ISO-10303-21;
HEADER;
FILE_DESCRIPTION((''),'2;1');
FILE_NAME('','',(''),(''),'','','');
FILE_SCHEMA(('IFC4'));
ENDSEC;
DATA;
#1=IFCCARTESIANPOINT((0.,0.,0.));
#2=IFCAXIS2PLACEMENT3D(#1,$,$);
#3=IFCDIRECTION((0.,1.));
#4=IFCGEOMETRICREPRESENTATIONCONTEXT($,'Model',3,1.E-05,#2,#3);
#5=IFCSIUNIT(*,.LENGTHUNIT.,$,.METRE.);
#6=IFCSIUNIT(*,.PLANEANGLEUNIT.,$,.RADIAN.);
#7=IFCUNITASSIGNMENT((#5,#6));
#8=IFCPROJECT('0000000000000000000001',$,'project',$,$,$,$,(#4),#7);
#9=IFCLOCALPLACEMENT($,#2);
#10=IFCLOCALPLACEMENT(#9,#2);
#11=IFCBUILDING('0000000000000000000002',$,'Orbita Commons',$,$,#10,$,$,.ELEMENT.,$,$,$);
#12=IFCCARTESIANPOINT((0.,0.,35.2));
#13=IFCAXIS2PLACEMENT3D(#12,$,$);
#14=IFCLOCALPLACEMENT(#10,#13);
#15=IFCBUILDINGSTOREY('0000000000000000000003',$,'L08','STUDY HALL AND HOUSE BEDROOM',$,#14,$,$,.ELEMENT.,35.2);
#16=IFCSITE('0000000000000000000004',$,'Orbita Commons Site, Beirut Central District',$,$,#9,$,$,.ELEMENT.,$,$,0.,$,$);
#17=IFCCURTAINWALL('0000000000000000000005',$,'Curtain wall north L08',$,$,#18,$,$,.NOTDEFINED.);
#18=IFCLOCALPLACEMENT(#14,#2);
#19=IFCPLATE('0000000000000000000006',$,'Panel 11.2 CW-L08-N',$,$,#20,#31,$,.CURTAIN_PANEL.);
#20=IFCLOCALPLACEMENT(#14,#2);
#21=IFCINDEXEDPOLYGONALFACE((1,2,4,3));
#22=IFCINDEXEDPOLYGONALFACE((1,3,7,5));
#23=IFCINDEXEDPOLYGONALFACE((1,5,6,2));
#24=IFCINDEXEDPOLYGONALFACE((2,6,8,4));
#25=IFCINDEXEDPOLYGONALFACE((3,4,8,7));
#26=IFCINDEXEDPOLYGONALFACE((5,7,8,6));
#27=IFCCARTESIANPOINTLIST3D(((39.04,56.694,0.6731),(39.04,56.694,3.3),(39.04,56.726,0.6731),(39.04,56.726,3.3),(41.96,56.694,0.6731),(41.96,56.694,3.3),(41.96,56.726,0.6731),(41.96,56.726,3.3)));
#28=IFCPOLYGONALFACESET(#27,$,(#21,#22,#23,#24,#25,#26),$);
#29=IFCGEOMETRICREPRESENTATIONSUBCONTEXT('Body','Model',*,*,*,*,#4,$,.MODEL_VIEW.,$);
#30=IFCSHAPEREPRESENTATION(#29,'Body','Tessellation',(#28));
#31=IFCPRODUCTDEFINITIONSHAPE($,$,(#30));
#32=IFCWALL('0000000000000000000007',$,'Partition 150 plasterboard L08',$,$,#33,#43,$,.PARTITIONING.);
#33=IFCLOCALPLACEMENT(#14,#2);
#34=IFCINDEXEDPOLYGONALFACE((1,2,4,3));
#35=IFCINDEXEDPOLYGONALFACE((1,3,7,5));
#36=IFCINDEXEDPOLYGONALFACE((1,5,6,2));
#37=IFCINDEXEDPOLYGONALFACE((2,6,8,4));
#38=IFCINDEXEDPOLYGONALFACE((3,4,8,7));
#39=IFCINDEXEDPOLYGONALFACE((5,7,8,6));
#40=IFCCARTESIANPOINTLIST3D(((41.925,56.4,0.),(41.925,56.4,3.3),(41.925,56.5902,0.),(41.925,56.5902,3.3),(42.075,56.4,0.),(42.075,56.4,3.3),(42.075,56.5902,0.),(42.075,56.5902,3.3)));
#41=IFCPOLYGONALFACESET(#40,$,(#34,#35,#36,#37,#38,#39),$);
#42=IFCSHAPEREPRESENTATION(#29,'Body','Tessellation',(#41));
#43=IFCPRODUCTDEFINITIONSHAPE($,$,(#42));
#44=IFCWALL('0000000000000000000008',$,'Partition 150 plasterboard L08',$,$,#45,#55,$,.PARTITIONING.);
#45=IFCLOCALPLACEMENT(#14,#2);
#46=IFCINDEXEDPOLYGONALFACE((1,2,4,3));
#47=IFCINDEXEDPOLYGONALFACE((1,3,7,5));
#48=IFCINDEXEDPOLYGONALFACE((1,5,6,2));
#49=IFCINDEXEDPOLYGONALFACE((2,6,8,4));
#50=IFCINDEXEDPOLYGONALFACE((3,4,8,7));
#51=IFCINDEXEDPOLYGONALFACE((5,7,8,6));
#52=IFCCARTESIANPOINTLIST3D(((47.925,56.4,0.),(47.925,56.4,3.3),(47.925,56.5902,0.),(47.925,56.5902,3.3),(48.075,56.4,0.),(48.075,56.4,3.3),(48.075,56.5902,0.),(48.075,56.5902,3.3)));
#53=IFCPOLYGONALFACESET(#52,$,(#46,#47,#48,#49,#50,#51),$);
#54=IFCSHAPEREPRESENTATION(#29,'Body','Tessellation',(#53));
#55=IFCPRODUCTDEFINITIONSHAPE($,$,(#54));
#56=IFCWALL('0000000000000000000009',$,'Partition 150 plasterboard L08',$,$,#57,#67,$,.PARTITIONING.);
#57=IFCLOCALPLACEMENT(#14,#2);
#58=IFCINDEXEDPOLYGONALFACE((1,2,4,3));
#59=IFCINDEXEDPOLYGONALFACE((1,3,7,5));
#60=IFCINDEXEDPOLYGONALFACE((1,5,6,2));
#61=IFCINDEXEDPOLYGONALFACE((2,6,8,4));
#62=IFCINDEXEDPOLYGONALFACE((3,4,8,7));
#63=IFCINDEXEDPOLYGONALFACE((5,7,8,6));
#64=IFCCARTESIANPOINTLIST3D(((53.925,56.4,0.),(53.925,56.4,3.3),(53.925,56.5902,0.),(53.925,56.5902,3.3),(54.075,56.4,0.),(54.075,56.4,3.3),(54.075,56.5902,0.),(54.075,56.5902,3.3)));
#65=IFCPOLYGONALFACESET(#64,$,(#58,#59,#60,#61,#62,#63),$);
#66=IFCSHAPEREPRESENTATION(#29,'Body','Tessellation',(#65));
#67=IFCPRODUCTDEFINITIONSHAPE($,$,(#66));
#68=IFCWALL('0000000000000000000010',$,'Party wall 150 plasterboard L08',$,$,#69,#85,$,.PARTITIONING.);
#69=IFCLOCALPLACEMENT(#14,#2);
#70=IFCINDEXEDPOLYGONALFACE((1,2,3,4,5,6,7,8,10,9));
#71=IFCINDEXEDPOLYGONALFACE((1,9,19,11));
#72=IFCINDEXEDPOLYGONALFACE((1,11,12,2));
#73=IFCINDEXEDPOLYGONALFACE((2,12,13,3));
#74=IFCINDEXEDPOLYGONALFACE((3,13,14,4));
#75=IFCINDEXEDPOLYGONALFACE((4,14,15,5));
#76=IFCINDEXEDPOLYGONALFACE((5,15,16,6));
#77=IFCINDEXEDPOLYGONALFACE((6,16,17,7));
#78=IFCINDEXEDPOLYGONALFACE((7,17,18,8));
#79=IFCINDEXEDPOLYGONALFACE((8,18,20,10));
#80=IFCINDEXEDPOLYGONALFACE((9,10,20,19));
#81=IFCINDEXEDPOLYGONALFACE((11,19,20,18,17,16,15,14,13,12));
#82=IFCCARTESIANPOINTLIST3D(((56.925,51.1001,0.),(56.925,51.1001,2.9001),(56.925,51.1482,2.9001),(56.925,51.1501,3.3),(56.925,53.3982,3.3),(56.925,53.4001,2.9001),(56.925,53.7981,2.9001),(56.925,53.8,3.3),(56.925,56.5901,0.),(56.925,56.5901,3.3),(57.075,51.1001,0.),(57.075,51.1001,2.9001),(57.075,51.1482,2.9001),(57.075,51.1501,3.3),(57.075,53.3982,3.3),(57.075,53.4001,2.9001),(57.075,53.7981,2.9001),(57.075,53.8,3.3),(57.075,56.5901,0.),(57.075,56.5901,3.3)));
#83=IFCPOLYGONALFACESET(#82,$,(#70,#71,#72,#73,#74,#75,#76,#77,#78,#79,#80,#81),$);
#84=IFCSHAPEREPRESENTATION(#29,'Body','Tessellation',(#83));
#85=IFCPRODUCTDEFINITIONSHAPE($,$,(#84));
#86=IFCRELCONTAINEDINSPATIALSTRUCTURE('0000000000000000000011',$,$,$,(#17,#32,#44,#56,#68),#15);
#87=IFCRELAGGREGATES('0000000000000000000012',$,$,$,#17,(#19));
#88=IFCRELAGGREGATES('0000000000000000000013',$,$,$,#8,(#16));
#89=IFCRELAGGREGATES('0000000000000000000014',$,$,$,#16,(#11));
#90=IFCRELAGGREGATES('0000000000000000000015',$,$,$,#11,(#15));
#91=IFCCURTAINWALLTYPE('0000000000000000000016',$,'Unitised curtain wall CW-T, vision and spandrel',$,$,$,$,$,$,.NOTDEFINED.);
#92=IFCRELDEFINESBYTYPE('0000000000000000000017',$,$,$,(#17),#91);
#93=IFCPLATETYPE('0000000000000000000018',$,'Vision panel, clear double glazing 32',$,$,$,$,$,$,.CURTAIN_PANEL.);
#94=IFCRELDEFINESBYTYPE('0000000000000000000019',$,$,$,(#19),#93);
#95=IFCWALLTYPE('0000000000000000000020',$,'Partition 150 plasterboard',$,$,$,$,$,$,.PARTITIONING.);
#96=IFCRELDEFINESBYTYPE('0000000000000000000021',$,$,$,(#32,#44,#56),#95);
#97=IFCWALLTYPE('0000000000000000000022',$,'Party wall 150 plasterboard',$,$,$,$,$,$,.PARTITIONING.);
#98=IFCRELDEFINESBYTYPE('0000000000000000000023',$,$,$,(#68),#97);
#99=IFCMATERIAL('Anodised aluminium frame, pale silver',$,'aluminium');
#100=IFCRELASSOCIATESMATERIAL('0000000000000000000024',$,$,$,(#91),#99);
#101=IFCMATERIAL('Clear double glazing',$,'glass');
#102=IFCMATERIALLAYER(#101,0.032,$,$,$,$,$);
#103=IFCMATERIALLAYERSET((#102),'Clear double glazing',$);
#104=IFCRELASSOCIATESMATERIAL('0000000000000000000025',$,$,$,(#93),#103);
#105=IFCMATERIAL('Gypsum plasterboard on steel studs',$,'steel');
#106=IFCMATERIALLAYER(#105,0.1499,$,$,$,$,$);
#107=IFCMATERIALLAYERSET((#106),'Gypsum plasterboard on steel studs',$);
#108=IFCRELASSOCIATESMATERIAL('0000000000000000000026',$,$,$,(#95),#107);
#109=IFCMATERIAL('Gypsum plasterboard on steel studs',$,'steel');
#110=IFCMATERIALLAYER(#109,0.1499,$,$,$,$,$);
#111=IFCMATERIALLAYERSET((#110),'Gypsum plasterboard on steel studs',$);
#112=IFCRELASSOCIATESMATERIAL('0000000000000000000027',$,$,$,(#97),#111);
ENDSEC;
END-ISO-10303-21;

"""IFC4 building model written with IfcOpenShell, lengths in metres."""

from ifc_helpers import new_model, si_unit, direction, frame, frame_2d, origin, origin_2d, place, context, subcontext, project, spatial, polyline, rectangle, outline, extrude, material, layer, layer_set, type_object, element, aggregate, save


model = new_model("IFC4")

# Units and contexts
model_context = context("Model", 3, precision=1e-05, world=origin(), true_north=direction((0.0, 1.0)))
body_context = subcontext(model_context, "Body", "Model", "MODEL_VIEW")
ifc_project = project(units=[si_unit("LENGTHUNIT", "METRE"), si_unit("PLANEANGLEUNIT", "RADIAN")], contexts=[model_context])

# Site, building, storey
site_placement = place(None, origin())
site = spatial("IfcSite", under=ifc_project, at=site_placement, Name="Orbita Commons Site, Beirut Central District", CompositionType="ELEMENT", RefElevation=0.0)
building_placement = place(site_placement, origin())
building = spatial("IfcBuilding", under=site, at=building_placement, Name="Orbita Commons", CompositionType="ELEMENT")
storey_placement = place(building_placement, frame((0.0, 0.0, 35.2)))
storey = spatial("IfcBuildingStorey", under=building, at=storey_placement, Name="L08", Description="STUDY HALL AND HOUSE BEDROOM", CompositionType="ELEMENT", Elevation=35.2)

# Curtain wall
ifc_material_1 = material(Name="Anodised aluminium frame, pale silver", Category="aluminium")
curtain_wall_type = type_object("IfcCurtainWallType", Name="Unitised curtain wall CW-T, vision and spandrel", PredefinedType="NOTDEFINED", material=ifc_material_1)
curtain_wall_placement = place(storey_placement, origin())
curtain_wall = element("IfcCurtainWall", 1, at=curtain_wall_placement, inside=storey, type_object=curtain_wall_type, Name="Curtain wall north L08", PredefinedType="NOTDEFINED")

# Plate
ifc_material_2 = material(Name="Clear double glazing", Category="glass")
ifc_layer_1 = layer(ifc_material_2, 0.032)
ifc_layer_set_1 = layer_set([ifc_layer_1], Name="Clear double glazing")
plate_type_1 = type_object("IfcPlateType", Name="Vision panel, clear double glazing 32", PredefinedType="CURTAIN_PANEL", material=ifc_layer_set_1)
plate_1_placement = place(storey_placement, frame((40.5, 56.71, 0.6731), z_axis=(0.0, 0.0, 1.0), x_axis=(-1.0, 0.0, 0.0)))
plate_1 = element("IfcPlate", 2, at=plate_1_placement, type_object=plate_type_1, Name="Panel 11.2 CW-L08-N", PredefinedType="CURTAIN_PANEL", context=body_context, shape_type="SweptSolid", body=[
    extrude(rectangle(XDim=2.9199, YDim=0.032, at=origin_2d()), origin(), (0.0, 0.0, 1.0), 2.627),
])
aggregate(curtain_wall, [plate_1])

# Walls
ifc_material_3 = material(Name="Gypsum plasterboard on steel studs", Category="steel")
ifc_layer_2 = layer(ifc_material_3, 0.1499)
ifc_layer_set_2 = layer_set([ifc_layer_2], Name="Gypsum plasterboard on steel studs")
wall_type_1 = type_object("IfcWallType", Name="Partition 150 plasterboard", PredefinedType="PARTITIONING", material=ifc_layer_set_2)
for number, where, z_axis, x_axis, name in (
    (3, (42.0, 56.3999, 0.0), (0.0, 0.0, 1.0), (0.0, 1.0, 0.0), "Partition 150 plasterboard L08"),
    (4, (48.0, 56.3999, 0.0), (0.0, 0.0, 1.0), (0.0, 1.0, 0.0), "Partition 150 plasterboard L08"),
    (5, (54.0, 56.3999, 0.0), (0.0, 0.0, 1.0), (0.0, 1.0, 0.0), "Partition 150 plasterboard L08"),
):
    element("IfcWall", number, at=place(storey_placement, frame(where, z_axis=z_axis, x_axis=x_axis)), inside=storey, type_object=wall_type_1, Name=name, PredefinedType="PARTITIONING", context=body_context, shape_type="SweptSolid", body=[
        extrude(rectangle(XDim=0.1902, YDim=0.1499, at=frame_2d((0.0952, 0.0))), origin(), (0.0, 0.0, 1.0), 3.3),
    ])
ifc_material_4 = material(Name="Gypsum plasterboard on steel studs", Category="steel")
ifc_layer_3 = layer(ifc_material_4, 0.1499)
ifc_layer_set_3 = layer_set([ifc_layer_3], Name="Gypsum plasterboard on steel studs")
wall_type_2 = type_object("IfcWallType", Name="Party wall 150 plasterboard", PredefinedType="PARTITIONING", material=ifc_layer_set_3)
wall_placement = place(storey_placement, frame((57.0, 56.5901, 0.0), z_axis=(0.0, 0.0, 1.0), x_axis=(0.0, -1.0, 0.0)))
element("IfcWall", 6, at=wall_placement, inside=storey, type_object=wall_type_2, Name="Party wall 150 plasterboard L08", PredefinedType="PARTITIONING", context=body_context, shape_type="SweptSolid", body=[
    extrude(outline(polyline([(0.0, 0.0), (5.49, 0.0), (5.49, 2.9001), (5.4419, 2.9001), (5.4399, 3.3), (3.1919, 3.3), (3.1899, 2.9001), (2.792, 2.9001), (2.79, 3.3), (0.0, 3.3), (0.0, 0.0)])), frame((0.0, 0.075, 0.0), z_axis=(0.0, -1.0, 0.0), x_axis=(1.0, 0.0, 0.0)), (0.0, 0.0, 1.0), 0.1499),
])

save(model, "model.ifc")
